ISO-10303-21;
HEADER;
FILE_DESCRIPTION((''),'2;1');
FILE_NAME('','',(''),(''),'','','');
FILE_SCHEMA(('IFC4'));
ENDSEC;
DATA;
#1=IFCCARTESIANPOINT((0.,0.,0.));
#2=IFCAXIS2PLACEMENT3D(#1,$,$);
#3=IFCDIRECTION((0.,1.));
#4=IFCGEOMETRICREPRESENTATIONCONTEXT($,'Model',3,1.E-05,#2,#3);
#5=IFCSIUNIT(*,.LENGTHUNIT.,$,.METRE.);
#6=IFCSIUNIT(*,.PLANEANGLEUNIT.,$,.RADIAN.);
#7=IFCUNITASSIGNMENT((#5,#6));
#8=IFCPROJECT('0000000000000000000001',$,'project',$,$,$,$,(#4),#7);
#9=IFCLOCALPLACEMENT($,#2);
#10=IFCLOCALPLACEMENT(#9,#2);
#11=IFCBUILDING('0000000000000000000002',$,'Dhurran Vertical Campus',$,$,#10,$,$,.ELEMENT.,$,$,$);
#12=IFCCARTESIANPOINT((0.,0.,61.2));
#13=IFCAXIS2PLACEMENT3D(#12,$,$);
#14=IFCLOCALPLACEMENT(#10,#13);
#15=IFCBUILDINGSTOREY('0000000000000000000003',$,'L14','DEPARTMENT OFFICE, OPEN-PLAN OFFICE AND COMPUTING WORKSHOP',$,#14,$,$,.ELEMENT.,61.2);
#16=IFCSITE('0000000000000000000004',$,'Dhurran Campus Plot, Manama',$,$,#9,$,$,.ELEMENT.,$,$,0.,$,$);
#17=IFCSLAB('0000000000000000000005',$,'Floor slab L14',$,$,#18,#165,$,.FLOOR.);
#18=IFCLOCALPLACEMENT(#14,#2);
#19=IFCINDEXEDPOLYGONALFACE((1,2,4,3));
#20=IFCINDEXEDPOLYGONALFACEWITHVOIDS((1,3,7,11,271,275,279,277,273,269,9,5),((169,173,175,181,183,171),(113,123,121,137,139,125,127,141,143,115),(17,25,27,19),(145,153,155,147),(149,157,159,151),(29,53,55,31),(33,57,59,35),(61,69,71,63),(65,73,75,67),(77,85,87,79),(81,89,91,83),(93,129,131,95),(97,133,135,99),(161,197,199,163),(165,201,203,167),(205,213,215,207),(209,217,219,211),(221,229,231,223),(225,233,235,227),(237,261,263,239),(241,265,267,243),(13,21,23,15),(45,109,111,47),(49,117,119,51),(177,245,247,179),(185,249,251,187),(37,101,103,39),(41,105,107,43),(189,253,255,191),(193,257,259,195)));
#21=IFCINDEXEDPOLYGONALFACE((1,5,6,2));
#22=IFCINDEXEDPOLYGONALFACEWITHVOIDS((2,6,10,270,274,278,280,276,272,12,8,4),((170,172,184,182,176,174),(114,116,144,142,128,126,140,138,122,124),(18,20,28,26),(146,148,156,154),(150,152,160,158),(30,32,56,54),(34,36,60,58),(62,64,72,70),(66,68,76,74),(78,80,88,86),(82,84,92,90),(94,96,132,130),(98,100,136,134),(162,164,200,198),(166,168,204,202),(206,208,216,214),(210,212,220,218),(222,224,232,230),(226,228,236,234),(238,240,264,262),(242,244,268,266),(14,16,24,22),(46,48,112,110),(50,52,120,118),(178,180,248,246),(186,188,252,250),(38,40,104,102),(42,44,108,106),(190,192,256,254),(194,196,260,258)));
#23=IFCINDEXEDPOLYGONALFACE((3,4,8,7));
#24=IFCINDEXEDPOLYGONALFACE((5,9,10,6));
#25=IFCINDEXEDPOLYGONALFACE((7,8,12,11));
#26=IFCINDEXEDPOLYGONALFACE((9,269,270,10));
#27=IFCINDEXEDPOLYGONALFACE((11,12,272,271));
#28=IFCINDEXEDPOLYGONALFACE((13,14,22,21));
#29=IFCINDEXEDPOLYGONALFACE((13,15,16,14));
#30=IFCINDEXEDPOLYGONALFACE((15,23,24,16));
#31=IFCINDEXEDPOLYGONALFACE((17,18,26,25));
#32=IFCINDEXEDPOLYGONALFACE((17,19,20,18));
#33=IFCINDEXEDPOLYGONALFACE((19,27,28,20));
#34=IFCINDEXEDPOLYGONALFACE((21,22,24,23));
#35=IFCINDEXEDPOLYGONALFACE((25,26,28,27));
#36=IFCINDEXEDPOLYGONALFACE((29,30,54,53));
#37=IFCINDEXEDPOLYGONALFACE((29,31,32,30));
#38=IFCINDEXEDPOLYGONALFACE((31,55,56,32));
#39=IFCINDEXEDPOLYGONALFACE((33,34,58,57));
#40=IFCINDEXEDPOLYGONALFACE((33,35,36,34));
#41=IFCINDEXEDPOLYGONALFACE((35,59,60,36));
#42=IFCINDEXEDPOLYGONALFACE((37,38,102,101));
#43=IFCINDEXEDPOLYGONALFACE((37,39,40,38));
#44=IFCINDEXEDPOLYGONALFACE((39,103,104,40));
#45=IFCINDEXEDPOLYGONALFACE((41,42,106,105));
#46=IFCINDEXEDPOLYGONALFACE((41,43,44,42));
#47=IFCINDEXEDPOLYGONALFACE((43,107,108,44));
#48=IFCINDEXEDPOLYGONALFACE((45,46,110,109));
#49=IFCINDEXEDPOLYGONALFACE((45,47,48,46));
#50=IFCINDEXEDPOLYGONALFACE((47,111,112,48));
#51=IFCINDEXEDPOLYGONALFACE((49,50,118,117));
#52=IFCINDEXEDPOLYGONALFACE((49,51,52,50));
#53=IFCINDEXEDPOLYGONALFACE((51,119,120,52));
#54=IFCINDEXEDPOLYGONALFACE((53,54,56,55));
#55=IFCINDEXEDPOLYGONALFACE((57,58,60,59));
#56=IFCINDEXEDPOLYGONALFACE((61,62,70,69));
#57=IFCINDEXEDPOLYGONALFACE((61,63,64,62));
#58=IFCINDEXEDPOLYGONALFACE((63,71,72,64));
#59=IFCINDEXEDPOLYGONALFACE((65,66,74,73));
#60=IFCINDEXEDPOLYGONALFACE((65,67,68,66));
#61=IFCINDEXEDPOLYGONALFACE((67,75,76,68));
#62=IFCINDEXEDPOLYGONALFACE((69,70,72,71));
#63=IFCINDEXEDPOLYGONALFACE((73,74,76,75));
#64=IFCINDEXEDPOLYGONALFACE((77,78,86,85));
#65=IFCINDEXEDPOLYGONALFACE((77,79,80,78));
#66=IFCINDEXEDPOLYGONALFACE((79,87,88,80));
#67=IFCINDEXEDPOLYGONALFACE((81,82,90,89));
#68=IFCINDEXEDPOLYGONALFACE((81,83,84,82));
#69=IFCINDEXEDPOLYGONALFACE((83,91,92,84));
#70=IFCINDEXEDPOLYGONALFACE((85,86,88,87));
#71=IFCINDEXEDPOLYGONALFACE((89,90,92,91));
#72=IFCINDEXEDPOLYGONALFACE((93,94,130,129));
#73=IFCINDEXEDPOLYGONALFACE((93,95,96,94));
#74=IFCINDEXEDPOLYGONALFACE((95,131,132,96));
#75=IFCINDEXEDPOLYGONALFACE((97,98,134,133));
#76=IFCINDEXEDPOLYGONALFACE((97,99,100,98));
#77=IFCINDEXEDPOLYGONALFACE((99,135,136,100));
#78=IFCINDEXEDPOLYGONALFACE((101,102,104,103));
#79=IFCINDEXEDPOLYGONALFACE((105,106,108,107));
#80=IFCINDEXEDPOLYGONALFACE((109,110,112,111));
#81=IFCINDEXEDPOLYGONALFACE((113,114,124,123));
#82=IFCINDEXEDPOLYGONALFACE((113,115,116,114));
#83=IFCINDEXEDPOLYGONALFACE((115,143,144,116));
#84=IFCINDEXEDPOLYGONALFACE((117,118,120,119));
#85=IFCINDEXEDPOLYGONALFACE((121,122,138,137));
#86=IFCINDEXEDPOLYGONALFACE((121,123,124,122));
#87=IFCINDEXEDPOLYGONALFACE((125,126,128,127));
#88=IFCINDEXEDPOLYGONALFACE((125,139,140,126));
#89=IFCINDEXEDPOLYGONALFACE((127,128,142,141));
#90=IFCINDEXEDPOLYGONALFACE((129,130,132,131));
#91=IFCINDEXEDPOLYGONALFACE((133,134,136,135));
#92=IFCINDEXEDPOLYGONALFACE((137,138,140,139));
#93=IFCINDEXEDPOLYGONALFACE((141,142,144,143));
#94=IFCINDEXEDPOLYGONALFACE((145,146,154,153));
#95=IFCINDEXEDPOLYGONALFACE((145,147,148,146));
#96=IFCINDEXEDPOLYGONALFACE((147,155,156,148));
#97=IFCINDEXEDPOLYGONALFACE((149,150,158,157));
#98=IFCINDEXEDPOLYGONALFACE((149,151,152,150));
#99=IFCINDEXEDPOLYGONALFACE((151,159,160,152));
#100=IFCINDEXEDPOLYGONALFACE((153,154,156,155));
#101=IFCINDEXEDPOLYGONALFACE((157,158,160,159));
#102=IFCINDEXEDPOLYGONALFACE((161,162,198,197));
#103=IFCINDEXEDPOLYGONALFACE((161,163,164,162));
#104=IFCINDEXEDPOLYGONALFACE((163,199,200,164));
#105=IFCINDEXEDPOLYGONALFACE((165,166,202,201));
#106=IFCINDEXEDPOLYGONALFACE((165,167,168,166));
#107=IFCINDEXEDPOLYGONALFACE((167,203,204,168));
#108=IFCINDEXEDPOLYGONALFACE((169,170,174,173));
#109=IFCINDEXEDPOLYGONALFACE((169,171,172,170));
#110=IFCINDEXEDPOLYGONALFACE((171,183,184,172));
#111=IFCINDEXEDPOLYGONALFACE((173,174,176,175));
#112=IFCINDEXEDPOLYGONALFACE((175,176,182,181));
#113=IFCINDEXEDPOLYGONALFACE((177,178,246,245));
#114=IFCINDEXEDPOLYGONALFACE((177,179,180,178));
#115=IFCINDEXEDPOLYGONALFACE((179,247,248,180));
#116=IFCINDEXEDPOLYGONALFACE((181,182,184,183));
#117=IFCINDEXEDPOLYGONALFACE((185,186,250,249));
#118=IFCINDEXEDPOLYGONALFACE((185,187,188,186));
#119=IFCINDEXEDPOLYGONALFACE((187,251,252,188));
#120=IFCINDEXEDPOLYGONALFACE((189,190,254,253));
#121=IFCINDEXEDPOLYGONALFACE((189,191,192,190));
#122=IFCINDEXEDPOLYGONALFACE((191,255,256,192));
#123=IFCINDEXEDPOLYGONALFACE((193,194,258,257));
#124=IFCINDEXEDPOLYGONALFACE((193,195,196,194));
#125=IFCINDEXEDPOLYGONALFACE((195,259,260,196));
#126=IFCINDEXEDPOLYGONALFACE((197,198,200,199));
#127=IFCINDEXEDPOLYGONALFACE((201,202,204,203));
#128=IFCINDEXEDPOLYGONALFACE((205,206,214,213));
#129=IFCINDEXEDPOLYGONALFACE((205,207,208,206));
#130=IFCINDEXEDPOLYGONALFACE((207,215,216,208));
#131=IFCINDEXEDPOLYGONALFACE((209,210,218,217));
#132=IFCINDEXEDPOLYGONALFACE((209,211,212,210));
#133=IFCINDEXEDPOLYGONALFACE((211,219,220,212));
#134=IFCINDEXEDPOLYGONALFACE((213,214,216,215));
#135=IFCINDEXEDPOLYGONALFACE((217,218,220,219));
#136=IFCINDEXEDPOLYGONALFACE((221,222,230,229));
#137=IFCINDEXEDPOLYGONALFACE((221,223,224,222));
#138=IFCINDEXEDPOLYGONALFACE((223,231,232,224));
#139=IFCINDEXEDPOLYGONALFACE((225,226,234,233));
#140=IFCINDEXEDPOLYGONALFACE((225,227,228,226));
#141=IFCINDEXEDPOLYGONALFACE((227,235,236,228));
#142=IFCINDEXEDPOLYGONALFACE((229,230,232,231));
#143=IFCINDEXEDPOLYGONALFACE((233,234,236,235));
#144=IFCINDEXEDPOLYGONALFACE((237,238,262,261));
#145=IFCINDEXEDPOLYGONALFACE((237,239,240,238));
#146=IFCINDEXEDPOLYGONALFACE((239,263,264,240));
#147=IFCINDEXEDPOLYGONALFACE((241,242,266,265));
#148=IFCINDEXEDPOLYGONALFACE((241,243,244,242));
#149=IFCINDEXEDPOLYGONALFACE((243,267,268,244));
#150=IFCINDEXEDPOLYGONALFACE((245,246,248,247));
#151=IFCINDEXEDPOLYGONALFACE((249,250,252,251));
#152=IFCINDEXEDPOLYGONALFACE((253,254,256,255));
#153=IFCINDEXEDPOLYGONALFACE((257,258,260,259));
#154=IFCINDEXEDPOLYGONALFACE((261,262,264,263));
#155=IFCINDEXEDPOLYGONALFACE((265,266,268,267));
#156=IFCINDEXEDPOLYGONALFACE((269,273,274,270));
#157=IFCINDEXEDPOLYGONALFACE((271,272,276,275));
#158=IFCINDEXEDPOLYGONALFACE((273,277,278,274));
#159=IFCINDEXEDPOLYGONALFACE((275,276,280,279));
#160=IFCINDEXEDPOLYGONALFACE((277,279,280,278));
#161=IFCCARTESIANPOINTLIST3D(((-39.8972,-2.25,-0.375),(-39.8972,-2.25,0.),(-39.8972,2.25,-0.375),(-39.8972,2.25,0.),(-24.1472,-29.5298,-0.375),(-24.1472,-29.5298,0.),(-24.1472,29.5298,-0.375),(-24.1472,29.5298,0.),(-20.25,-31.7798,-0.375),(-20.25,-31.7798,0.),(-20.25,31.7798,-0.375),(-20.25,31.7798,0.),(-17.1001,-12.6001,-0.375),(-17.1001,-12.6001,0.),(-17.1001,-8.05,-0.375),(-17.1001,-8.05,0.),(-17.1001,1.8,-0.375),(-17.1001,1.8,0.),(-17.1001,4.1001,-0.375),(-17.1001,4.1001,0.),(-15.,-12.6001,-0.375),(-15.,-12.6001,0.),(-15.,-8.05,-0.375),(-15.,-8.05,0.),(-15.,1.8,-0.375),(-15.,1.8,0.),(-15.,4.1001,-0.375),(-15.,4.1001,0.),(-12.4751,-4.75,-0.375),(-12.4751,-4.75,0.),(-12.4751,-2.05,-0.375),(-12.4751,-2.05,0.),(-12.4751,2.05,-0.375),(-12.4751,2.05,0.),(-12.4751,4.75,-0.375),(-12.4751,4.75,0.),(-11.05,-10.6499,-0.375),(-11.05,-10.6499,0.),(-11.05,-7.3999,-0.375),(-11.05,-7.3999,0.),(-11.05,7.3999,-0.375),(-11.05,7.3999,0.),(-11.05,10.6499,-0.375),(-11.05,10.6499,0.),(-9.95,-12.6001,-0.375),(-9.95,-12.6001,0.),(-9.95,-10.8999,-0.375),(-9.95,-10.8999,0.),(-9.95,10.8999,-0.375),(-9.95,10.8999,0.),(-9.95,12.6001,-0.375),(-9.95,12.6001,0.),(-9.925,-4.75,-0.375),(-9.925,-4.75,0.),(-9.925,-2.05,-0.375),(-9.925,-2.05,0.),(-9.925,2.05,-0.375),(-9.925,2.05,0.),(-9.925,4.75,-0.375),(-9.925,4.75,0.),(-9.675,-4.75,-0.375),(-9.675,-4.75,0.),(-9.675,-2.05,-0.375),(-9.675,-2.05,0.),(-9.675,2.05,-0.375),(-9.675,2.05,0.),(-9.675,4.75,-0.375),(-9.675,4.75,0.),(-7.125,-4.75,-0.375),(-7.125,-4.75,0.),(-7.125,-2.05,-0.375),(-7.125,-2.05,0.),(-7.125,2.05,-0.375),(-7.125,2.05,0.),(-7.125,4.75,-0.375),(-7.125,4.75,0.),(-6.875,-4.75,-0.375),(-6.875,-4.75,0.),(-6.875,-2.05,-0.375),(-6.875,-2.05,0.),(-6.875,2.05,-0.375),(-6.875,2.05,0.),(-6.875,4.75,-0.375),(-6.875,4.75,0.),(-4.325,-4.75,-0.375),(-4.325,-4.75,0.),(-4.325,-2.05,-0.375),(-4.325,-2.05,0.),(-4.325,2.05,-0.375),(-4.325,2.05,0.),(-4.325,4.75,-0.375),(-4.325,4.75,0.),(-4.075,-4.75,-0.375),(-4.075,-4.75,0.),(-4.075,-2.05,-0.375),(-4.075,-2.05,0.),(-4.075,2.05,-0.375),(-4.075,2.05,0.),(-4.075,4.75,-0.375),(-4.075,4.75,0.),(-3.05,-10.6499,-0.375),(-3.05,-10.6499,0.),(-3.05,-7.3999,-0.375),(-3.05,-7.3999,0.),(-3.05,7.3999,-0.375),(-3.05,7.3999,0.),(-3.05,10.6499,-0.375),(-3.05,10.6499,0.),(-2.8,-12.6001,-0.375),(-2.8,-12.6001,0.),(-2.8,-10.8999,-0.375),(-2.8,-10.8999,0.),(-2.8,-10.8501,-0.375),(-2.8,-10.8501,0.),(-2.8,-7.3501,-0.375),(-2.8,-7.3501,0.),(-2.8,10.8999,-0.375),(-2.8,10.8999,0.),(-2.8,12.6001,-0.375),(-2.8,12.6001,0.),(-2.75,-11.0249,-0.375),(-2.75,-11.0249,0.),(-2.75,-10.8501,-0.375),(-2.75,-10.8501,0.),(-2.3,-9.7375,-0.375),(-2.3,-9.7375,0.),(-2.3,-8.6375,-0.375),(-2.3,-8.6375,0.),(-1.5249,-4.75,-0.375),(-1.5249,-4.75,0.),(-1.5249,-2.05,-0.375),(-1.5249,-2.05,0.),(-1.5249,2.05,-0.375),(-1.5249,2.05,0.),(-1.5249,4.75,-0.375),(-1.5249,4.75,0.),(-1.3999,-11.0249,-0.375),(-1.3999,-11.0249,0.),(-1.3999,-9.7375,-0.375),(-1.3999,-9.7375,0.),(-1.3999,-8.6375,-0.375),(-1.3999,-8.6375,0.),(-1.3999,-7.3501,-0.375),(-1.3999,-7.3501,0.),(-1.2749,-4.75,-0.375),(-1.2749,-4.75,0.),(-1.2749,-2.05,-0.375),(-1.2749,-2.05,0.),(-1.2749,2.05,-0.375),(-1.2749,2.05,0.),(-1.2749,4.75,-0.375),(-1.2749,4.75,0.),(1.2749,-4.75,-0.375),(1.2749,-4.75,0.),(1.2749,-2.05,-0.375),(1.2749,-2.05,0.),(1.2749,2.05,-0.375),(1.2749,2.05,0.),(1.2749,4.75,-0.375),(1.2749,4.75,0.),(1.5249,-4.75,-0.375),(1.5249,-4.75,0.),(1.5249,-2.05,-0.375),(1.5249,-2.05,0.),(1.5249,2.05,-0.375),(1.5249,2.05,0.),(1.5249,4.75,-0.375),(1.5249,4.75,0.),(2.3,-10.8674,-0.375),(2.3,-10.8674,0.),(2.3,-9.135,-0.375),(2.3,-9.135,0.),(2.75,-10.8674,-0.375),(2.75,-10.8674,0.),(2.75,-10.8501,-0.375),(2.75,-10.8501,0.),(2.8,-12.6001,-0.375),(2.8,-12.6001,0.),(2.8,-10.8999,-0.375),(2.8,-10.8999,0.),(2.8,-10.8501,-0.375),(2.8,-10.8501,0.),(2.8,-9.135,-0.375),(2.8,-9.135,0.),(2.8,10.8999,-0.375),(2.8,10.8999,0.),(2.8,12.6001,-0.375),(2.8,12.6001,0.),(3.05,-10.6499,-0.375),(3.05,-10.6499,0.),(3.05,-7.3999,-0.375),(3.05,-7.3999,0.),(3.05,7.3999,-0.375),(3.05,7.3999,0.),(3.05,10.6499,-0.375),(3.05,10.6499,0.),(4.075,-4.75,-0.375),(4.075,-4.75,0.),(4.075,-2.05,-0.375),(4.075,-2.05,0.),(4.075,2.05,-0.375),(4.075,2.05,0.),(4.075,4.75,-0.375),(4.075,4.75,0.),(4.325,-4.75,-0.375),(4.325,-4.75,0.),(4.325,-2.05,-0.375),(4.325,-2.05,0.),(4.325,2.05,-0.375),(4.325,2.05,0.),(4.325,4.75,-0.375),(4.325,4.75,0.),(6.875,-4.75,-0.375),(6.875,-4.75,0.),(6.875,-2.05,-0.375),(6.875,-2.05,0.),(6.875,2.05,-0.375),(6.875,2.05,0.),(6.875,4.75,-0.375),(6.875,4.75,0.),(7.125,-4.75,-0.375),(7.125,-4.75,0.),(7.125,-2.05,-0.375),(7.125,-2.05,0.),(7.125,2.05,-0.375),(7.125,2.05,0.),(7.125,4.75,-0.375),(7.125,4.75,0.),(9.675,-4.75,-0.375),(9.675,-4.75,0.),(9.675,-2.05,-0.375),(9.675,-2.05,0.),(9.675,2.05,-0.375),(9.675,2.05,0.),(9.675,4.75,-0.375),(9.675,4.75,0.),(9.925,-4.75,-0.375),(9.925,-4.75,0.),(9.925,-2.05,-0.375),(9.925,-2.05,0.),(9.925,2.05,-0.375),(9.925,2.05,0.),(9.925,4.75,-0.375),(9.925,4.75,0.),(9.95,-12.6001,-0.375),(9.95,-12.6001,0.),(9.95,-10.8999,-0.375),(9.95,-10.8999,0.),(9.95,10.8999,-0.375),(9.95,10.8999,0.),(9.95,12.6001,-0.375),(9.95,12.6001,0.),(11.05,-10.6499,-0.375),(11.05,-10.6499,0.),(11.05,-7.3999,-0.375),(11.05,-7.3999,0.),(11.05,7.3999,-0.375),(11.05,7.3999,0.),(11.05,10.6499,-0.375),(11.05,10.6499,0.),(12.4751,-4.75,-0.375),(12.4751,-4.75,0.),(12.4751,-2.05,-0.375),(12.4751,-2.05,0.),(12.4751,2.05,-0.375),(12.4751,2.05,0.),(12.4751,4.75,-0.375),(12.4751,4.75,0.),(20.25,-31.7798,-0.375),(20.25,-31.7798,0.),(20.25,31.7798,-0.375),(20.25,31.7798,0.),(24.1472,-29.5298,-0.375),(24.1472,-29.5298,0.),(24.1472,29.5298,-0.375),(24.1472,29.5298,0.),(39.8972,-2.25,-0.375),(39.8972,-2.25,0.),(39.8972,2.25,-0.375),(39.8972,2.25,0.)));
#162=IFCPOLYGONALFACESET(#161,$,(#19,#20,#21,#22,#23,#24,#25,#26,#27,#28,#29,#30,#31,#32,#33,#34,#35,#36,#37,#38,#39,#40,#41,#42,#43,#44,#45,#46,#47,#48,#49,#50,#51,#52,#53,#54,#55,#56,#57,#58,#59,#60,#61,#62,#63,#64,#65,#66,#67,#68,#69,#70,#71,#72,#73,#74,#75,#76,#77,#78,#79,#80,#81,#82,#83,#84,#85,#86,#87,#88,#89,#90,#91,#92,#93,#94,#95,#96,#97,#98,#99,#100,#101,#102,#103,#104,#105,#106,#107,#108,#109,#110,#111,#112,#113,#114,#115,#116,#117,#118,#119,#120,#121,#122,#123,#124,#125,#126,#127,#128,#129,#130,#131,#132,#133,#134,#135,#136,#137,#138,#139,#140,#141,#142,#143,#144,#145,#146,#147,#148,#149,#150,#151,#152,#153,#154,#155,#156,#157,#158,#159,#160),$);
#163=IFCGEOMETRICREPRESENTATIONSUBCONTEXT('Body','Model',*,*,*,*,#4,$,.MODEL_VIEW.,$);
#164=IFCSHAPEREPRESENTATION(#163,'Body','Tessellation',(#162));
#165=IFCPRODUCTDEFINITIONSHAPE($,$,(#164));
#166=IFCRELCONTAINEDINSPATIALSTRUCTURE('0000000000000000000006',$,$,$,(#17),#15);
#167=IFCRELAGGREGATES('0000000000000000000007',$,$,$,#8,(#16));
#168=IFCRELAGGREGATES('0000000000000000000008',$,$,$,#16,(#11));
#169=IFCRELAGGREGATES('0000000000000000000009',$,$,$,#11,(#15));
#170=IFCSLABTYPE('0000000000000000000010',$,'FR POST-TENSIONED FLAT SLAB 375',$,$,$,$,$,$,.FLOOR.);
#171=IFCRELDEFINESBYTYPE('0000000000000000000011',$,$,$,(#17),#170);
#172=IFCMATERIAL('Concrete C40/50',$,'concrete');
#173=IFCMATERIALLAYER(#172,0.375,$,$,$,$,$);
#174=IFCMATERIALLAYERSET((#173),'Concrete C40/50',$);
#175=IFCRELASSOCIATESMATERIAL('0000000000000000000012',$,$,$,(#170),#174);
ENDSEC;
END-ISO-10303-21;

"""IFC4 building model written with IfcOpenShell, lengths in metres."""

from ifc_helpers import new_model, si_unit, direction, frame, origin, place, context, subcontext, project, spatial, polyline, outline, extrude, material, layer, layer_set, type_object, element, save


model = new_model("IFC4")

# Units and contexts
model_context = context("Model", 3, precision=1e-05, world=origin(), true_north=direction((0.0, 1.0)))
body_context = subcontext(model_context, "Body", "Model", "MODEL_VIEW")
ifc_project = project(units=[si_unit("LENGTHUNIT", "METRE"), si_unit("PLANEANGLEUNIT", "RADIAN")], contexts=[model_context])

# Site, building, storey
site_placement = place(None, origin())
site = spatial("IfcSite", under=ifc_project, at=site_placement, Name="Dhurran Campus Plot, Manama", CompositionType="ELEMENT", RefElevation=0.0)
building_placement = place(site_placement, origin())
building = spatial("IfcBuilding", under=site, at=building_placement, Name="Dhurran Vertical Campus", CompositionType="ELEMENT")
storey_placement = place(building_placement, frame((0.0, 0.0, 61.2)))
storey = spatial("IfcBuildingStorey", under=building, at=storey_placement, Name="L14", Description="DEPARTMENT OFFICE, OPEN-PLAN OFFICE AND COMPUTING WORKSHOP", CompositionType="ELEMENT", Elevation=61.2)

# Slab
ifc_material_1 = material(Name="Concrete C40/50", Category="concrete")
ifc_layer_1 = layer(ifc_material_1, 0.375)
ifc_layer_set_1 = layer_set([ifc_layer_1], Name="Concrete C40/50")
slab_type = type_object("IfcSlabType", Name="FR POST-TENSIONED FLAT SLAB 375", PredefinedType="FLOOR", material=ifc_layer_set_1)
slab_placement = place(storey_placement, frame((0.0, 0.0, -0.375)))
element("IfcSlab", 1, at=slab_placement, inside=storey, type_object=slab_type, Name="Floor slab L14", PredefinedType="FLOOR", context=body_context, shape_type="SweptSolid", body=[
    extrude(outline(polyline([(-20.25, -31.7798), (20.25, -31.7798), (24.1472, -29.5298), (39.8972, -2.25), (39.8972, 2.25), (24.1472, 29.5298), (20.25, 31.7798), (-20.25, 31.7798), (-24.1472, 29.5298), (-39.8972, 2.25), (-39.8972, -2.25), (-24.1472, -29.5298), (-20.25, -31.7798)]), holes=[polyline([(-12.4751, 2.05), (-9.925, 2.05), (-9.925, 4.75), (-12.4751, 4.75), (-12.4751, 2.05)]), polyline([(-9.675, 2.05), (-7.125, 2.05), (-7.125, 4.75), (-9.675, 4.75), (-9.675, 2.05)]), polyline([(-6.875, 2.05), (-4.325, 2.05), (-4.325, 4.75), (-6.875, 4.75), (-6.875, 2.05)]), polyline([(-1.2749, 2.05), (1.2749, 2.05), (1.2749, 4.75), (-1.2749, 4.75), (-1.2749, 2.05)]), polyline([(9.925, 2.05), (12.4751, 2.05), (12.4751, 4.75), (9.925, 4.75), (9.925, 2.05)]), polyline([(-1.2749, -4.75), (1.2749, -4.75), (1.2749, -2.05), (-1.2749, -2.05), (-1.2749, -4.75)]), polyline([(1.5249, -4.75), (4.075, -4.75), (4.075, -2.05), (1.5249, -2.05), (1.5249, -4.75)]), polyline([(4.325, -4.75), (6.875, -4.75), (6.875, -2.05), (4.325, -2.05), (4.325, -4.75)]), polyline([(7.125, -4.75), (9.675, -4.75), (9.675, -2.05), (7.125, -2.05), (7.125, -4.75)]), polyline([(9.925, -4.75), (12.4751, -4.75), (12.4751, -2.05), (9.925, -2.05), (9.925, -4.75)]), polyline([(-4.075, 2.05), (-1.5249, 2.05), (-1.5249, 4.75), (-4.075, 4.75), (-4.075, 2.05)]), polyline([(1.5249, 2.05), (4.075, 2.05), (4.075, 4.75), (1.5249, 4.75), (1.5249, 2.05)]), polyline([(4.325, 2.05), (6.875, 2.05), (6.875, 4.75), (4.325, 4.75), (4.325, 2.05)]), polyline([(7.125, 2.05), (9.675, 2.05), (9.675, 4.75), (7.125, 4.75), (7.125, 2.05)]), polyline([(-12.4751, -4.75), (-9.925, -4.75), (-9.925, -2.05), (-12.4751, -2.05), (-12.4751, -4.75)]), polyline([(-9.675, -4.75), (-7.125, -4.75), (-7.125, -2.05), (-9.675, -2.05), (-9.675, -4.75)]), polyline([(-6.875, -4.75), (-4.325, -4.75), (-4.325, -2.05), (-6.875, -2.05), (-6.875, -4.75)]), polyline([(-4.075, -4.75), (-1.5249, -4.75), (-1.5249, -2.05), (-4.075, -2.05), (-4.075, -4.75)]), polyline([(-11.05, 7.3999), (-3.05, 7.3999), (-3.05, 10.6499), (-11.05, 10.6499), (-11.05, 7.3999)]), polyline([(3.05, 7.3999), (11.05, 7.3999), (11.05, 10.6499), (3.05, 10.6499), (3.05, 7.3999)]), polyline([(-11.05, -10.6499), (-3.05, -10.6499), (-3.05, -7.3999), (-11.05, -7.3999), (-11.05, -10.6499)]), polyline([(3.05, -10.6499), (11.05, -10.6499), (11.05, -7.3999), (3.05, -7.3999), (3.05, -10.6499)]), polyline([(-9.95, 10.8999), (-9.95, 12.6001), (-2.8, 12.6001), (-2.8, 10.8999), (-9.95, 10.8999)]), polyline([(9.95, 12.6001), (9.95, 10.8999), (2.8, 10.8999), (2.8, 12.6001), (9.95, 12.6001)]), polyline([(-9.95, -12.6001), (-9.95, -10.8999), (-2.8, -10.8999), (-2.8, -12.6001), (-9.95, -12.6001)]), polyline([(9.95, -10.8999), (9.95, -12.6001), (2.8, -12.6001), (2.8, -10.8999), (9.95, -10.8999)]), polyline([(-17.1001, -8.05), (-15.0, -8.05), (-15.0, -12.6001), (-17.1001, -12.6001), (-17.1001, -8.05)]), polyline([(-2.8, -7.3501), (-1.3999, -7.3501), (-1.3999, -8.6375), (-2.3, -8.6375), (-2.3, -9.7375), (-1.3999, -9.7375), (-1.3999, -11.0249), (-2.75, -11.0249), (-2.75, -10.8501), (-2.8, -10.8501), (-2.8, -7.3501)]), polyline([(2.3, -10.8674), (2.3, -9.135), (2.8, -9.135), (2.8, -10.8501), (2.75, -10.8501), (2.75, -10.8674), (2.3, -10.8674)]), polyline([(-17.1001, 4.1001), (-15.0, 4.1001), (-15.0, 1.8), (-17.1001, 1.8), (-17.1001, 4.1001)])]), origin(), (0.0, 0.0, 1.0), 0.375),
])

save(model, "model.ifc")
